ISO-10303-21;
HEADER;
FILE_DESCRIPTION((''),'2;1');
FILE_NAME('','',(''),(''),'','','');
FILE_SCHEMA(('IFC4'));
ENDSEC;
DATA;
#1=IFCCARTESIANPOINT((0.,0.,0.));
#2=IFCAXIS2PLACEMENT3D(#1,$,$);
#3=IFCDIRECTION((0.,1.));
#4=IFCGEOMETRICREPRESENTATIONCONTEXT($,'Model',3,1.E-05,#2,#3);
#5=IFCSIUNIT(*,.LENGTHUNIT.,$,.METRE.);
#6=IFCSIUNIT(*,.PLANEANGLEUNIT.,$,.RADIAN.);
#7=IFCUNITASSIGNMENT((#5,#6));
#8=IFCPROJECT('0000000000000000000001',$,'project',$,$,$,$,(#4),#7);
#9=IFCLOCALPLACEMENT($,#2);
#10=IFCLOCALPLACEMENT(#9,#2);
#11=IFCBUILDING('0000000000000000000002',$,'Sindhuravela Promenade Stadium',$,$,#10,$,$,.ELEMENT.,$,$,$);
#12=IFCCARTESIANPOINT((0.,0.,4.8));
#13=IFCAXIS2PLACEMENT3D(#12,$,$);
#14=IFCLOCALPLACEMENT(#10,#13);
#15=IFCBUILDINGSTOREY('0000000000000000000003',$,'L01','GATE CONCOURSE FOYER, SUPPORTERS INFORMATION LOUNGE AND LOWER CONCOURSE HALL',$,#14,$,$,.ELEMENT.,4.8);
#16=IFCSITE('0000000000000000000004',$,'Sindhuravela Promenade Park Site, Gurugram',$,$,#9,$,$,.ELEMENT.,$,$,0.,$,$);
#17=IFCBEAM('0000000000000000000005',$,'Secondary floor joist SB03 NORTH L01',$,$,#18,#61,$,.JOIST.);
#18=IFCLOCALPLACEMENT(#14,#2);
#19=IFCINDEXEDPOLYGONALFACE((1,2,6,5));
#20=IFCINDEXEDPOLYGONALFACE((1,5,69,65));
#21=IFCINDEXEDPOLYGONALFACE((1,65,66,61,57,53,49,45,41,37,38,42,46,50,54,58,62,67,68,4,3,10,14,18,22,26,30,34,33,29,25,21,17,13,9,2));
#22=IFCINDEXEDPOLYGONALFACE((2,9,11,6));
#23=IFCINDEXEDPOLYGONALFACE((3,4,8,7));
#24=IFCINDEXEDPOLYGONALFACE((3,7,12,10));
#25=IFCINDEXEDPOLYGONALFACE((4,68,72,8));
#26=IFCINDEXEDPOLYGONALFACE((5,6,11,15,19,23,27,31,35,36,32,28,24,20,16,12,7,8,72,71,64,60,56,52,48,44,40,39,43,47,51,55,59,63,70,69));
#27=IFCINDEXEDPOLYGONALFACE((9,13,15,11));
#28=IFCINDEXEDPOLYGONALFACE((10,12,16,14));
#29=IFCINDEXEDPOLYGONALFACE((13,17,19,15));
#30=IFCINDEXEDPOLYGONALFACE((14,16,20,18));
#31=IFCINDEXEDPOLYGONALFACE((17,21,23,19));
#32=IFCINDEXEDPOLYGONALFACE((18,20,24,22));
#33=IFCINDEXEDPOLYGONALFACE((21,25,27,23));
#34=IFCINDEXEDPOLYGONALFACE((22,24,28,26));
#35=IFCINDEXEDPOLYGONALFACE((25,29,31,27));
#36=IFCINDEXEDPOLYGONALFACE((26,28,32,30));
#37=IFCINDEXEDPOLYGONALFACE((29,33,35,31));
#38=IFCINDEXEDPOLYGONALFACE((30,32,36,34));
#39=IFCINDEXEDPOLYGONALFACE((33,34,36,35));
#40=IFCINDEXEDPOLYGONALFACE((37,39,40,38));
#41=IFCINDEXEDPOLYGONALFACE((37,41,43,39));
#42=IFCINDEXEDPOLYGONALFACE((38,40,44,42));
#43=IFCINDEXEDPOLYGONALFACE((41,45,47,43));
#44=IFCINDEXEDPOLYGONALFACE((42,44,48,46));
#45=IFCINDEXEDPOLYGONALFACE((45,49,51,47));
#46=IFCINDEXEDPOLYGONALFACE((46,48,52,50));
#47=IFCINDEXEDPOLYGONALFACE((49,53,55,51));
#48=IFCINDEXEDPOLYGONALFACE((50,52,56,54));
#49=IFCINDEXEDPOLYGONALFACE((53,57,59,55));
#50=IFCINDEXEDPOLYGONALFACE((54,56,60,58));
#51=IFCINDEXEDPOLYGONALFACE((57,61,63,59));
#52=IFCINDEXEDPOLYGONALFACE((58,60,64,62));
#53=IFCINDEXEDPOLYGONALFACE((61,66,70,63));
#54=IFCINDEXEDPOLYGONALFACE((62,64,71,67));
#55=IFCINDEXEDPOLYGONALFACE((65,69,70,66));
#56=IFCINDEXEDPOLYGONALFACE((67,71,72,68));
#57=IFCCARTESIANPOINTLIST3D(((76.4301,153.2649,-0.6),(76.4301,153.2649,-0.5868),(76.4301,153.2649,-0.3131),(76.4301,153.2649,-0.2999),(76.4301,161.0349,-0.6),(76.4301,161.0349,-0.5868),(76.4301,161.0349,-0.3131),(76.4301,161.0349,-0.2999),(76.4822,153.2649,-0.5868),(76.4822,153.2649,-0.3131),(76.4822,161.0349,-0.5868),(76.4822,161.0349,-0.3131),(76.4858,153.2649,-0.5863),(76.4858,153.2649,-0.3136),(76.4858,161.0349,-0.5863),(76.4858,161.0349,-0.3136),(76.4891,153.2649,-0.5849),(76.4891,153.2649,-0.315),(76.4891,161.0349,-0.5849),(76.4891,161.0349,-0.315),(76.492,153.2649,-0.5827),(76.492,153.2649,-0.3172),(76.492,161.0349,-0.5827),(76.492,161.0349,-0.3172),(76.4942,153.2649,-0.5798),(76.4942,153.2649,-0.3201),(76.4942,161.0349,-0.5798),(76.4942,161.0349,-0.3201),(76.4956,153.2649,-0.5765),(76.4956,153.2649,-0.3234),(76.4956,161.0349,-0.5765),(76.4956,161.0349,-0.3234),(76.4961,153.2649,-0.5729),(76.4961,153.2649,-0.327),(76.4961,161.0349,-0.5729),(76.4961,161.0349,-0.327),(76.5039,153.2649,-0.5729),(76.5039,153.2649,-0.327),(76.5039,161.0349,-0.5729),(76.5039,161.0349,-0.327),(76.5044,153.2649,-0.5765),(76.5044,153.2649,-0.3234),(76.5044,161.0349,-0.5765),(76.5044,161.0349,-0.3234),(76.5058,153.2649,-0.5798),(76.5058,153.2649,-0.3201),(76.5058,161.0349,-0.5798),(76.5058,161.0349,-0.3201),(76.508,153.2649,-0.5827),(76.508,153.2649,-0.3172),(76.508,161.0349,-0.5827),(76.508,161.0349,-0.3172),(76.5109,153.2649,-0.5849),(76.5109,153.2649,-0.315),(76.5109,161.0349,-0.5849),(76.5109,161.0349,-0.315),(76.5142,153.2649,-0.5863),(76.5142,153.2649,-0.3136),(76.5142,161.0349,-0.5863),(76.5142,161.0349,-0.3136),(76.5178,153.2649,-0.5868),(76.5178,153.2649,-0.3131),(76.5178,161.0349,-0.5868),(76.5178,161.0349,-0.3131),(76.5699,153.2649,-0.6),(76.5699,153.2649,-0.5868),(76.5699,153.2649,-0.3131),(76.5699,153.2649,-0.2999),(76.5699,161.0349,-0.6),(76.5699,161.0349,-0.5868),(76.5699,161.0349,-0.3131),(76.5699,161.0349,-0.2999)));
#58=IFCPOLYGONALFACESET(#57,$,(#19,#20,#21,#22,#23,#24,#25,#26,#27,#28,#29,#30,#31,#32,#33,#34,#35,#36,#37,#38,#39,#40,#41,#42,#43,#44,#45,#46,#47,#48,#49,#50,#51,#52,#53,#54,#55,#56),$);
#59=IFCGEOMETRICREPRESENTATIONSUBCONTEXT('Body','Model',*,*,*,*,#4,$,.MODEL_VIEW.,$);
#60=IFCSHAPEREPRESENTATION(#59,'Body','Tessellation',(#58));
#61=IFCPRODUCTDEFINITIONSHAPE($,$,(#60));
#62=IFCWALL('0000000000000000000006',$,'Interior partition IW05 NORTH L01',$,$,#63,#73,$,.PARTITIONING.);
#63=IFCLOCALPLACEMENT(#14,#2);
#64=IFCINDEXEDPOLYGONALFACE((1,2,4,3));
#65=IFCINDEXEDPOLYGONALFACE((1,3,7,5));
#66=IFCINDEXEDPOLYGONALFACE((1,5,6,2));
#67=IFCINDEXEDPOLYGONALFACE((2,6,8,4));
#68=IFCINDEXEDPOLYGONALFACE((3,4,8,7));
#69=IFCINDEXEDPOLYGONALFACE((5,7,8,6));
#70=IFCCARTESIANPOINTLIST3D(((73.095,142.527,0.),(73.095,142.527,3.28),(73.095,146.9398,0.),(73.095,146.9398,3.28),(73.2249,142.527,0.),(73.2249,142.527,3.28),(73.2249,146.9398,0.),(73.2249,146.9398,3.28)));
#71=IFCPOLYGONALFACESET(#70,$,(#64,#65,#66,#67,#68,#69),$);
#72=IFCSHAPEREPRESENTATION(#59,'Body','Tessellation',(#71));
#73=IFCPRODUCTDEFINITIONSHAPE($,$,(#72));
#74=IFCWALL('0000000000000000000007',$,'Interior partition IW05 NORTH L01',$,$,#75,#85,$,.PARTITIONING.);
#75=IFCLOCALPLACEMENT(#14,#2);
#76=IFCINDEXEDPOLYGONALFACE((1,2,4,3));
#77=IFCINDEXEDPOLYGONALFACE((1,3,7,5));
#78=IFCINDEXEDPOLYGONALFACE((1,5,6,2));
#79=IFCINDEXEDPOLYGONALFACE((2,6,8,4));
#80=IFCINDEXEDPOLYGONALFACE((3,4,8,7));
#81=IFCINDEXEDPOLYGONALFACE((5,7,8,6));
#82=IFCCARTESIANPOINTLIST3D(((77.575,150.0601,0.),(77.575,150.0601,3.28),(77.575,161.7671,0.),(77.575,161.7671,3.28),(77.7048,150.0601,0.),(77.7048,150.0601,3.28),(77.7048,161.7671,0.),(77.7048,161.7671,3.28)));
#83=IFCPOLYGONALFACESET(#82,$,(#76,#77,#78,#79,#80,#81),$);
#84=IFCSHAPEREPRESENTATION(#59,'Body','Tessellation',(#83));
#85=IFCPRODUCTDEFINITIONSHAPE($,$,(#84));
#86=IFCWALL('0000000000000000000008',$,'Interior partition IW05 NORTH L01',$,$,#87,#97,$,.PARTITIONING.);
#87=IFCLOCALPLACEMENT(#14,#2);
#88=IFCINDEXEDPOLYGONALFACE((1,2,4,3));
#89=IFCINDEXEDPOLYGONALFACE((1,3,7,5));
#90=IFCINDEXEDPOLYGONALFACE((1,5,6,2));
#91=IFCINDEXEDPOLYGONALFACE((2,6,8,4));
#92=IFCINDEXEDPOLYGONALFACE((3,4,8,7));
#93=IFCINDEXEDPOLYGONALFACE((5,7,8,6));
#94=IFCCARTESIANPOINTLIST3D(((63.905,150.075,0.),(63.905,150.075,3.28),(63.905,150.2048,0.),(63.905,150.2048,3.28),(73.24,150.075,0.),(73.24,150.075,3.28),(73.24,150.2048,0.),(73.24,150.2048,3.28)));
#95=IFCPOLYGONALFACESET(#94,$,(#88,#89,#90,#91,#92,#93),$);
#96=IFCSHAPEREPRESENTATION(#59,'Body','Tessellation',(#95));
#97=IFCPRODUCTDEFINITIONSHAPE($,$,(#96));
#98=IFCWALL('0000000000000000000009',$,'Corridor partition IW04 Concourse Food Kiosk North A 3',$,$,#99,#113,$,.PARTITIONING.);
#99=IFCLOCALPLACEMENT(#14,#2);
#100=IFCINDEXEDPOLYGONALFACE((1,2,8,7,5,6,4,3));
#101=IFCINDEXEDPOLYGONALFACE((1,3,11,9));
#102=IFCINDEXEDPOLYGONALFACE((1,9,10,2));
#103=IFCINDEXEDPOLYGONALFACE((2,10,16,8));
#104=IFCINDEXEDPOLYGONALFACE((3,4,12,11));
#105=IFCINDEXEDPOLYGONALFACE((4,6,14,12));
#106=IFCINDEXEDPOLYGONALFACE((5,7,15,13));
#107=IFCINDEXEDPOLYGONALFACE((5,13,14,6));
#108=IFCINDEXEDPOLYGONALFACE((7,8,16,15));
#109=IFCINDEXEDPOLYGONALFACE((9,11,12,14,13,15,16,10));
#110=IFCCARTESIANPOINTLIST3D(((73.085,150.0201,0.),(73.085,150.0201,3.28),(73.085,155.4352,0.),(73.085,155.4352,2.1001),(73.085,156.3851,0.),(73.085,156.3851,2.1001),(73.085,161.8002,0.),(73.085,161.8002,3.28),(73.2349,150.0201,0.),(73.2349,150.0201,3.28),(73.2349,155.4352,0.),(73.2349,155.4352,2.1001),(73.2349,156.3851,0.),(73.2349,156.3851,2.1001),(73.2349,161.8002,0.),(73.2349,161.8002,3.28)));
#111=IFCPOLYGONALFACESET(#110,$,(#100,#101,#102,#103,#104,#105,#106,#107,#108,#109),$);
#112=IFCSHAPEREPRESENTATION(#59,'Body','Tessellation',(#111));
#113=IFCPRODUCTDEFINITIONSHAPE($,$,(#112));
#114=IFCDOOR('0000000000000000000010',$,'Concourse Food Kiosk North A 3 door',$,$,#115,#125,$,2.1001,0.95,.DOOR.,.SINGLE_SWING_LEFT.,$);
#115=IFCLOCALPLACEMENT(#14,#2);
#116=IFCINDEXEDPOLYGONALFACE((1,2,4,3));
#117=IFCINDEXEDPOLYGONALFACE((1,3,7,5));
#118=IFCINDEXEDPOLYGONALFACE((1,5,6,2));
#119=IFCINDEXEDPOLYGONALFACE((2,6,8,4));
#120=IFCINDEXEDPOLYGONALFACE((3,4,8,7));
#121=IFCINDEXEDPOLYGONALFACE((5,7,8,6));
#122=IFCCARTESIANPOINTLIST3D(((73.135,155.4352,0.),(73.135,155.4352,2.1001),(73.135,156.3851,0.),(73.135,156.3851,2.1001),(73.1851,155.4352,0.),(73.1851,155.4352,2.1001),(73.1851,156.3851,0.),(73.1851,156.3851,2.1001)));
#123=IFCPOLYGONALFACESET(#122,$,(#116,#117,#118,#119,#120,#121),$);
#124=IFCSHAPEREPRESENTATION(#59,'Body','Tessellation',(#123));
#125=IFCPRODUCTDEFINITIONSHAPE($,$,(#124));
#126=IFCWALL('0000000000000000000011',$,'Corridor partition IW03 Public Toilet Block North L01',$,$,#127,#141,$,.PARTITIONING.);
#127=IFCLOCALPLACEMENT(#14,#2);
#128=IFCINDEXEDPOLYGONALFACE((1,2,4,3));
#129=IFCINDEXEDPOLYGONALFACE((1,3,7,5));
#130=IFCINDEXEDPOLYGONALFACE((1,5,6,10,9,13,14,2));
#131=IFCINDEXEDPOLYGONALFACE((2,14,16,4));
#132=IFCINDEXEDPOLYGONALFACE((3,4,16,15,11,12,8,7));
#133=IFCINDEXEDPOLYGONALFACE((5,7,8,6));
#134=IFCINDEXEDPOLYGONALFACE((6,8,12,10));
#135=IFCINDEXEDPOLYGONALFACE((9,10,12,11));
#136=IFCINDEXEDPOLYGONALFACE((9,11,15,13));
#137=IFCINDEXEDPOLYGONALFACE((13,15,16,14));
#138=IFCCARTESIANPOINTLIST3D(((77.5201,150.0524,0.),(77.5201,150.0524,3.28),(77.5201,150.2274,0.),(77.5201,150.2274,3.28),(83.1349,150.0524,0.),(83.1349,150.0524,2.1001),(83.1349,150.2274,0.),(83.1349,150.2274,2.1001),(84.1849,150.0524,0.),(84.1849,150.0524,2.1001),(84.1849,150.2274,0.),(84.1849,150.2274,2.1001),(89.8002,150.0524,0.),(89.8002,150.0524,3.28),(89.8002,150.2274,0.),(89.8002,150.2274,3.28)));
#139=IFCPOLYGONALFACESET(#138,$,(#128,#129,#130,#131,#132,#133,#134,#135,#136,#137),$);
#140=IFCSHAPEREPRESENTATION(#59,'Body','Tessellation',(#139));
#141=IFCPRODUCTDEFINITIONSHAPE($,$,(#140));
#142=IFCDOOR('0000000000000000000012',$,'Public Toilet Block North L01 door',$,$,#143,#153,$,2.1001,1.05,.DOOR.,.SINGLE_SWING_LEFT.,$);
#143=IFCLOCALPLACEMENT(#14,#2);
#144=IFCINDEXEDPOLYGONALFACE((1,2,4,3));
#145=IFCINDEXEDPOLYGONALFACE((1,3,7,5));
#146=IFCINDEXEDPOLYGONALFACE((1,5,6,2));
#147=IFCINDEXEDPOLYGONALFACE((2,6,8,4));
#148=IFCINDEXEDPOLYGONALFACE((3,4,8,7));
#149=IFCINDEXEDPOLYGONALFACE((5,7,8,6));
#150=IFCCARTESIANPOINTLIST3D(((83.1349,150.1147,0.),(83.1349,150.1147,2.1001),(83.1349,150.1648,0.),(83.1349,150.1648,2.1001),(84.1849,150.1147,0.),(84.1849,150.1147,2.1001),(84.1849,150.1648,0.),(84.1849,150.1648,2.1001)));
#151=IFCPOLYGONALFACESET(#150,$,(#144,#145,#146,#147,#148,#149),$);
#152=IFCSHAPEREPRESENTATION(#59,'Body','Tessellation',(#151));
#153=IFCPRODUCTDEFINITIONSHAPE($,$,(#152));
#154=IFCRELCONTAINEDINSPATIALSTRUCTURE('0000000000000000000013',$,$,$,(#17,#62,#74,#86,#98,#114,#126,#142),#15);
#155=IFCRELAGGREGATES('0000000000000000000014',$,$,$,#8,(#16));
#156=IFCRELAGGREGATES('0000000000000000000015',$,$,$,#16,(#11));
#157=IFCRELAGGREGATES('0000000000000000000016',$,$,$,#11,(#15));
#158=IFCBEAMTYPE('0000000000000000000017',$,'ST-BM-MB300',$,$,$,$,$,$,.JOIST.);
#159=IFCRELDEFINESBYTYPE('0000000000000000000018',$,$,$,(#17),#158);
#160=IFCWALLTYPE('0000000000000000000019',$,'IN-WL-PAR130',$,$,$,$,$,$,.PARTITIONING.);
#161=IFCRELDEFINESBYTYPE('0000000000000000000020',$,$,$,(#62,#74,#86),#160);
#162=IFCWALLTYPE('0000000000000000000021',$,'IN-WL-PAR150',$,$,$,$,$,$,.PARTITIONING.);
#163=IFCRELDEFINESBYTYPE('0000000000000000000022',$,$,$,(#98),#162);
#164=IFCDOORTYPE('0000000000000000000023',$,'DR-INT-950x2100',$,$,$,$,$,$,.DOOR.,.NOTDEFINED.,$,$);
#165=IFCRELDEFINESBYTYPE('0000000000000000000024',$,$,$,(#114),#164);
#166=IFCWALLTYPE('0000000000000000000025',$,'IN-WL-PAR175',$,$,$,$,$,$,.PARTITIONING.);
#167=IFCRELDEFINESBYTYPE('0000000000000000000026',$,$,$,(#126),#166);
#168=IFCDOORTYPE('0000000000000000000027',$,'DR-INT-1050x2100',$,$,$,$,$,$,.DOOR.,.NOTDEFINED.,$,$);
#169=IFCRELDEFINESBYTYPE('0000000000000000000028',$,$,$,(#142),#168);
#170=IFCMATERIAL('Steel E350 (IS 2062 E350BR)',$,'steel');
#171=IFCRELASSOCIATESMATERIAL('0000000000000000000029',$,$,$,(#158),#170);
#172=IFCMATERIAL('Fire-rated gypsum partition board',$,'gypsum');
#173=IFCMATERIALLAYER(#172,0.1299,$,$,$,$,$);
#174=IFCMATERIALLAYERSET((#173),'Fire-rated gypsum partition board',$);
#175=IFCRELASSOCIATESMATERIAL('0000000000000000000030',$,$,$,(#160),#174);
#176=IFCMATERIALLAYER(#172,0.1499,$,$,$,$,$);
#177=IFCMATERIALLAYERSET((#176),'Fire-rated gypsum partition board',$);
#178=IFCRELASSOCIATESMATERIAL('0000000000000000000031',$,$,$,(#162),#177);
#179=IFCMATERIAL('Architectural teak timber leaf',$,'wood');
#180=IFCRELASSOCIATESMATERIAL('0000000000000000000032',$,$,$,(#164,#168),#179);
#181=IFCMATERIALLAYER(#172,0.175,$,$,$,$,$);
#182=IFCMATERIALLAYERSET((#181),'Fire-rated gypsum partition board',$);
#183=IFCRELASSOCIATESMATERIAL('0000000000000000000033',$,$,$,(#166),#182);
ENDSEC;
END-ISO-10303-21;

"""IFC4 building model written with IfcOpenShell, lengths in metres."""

from ifc_helpers import new_model, si_unit, direction, frame, frame_2d, origin, origin_2d, place, context, subcontext, project, spatial, rectangle, i_section, extrude, material, layer, layer_set, material_profile, profile_set, type_object, element, fill, save


model = new_model("IFC4")

# Units and contexts
model_context = context("Model", 3, precision=1e-05, world=origin(), true_north=direction((0.0, 1.0)))
body_context = subcontext(model_context, "Body", "Model", "MODEL_VIEW")
ifc_project = project(units=[si_unit("LENGTHUNIT", "METRE"), si_unit("PLANEANGLEUNIT", "RADIAN")], contexts=[model_context])

# Site, building, storey
site_placement = place(None, origin())
site = spatial("IfcSite", under=ifc_project, at=site_placement, Name="Sindhuravela Promenade Park Site, Gurugram", CompositionType="ELEMENT", RefElevation=0.0)
building_placement = place(site_placement, origin())
building = spatial("IfcBuilding", under=site, at=building_placement, Name="Sindhuravela Promenade Stadium", CompositionType="ELEMENT")
storey_placement = place(building_placement, frame((0.0, 0.0, 4.8)))
storey = spatial("IfcBuildingStorey", under=building, at=storey_placement, Name="L01", Description="GATE CONCOURSE FOYER, SUPPORTERS INFORMATION LOUNGE AND LOWER CONCOURSE HALL", CompositionType="ELEMENT", Elevation=4.8)

# Beam
ifc_material_1 = material(Name="Steel E350 (IS 2062 E350BR)", Category="steel")
ifc_material_profile_1 = material_profile(ifc_material_1, i_section(OverallWidth=0.1399, OverallDepth=0.3, WebThickness=0.0078, FlangeThickness=0.0132, FilletRadius=0.0139, at=origin_2d()), Name="ISMB 300")
ifc_profile_set_1 = profile_set([ifc_material_profile_1], Name="Steel E350 (IS 2062 E350BR)")
beam_type_1 = type_object("IfcBeamType", Name="ST-BM-MB300", PredefinedType="JOIST", material=ifc_profile_set_1)
beam_1_placement = place(storey_placement, frame((76.5, 153.2649, -0.45), z_axis=(0.0, 1.0, 0.0), x_axis=(-1.0, 0.0, 0.0)))
element("IfcBeam", 1, at=beam_1_placement, inside=storey, type_object=beam_type_1, Name="Secondary floor joist SB03 NORTH L01", PredefinedType="JOIST", context=body_context, shape_type="SweptSolid", body=[
    extrude(i_section(OverallWidth=0.1399, OverallDepth=0.3, WebThickness=0.0078, FlangeThickness=0.0132, FilletRadius=0.0139, at=origin_2d()), origin(), (0.0, 0.0, 1.0), 7.77),
])

# Walls
ifc_material_2 = material(Name="Fire-rated gypsum partition board", Category="gypsum")
ifc_layer_1 = layer(ifc_material_2, 0.1299)
ifc_layer_set_1 = layer_set([ifc_layer_1], Name="Fire-rated gypsum partition board")
wall_type_1 = type_object("IfcWallType", Name="IN-WL-PAR130", PredefinedType="PARTITIONING", material=ifc_layer_set_1)
wall_1_placement = place(storey_placement, frame((73.1599, 146.9399, 0.0), z_axis=(0.0, 0.0, 1.0), x_axis=(0.0, -1.0, 0.0)))
element("IfcWall", 2, at=wall_1_placement, inside=storey, type_object=wall_type_1, Name="Interior partition IW05 NORTH L01", PredefinedType="PARTITIONING", context=body_context, shape_type="SweptSolid", body=[
    extrude(rectangle(XDim=4.4128, YDim=0.1299, at=frame_2d((2.2065, 0.0))), origin(), (0.0, 0.0, 1.0), 3.28),
])
wall_2_placement = place(storey_placement, frame((77.6399, 150.0601, 0.0), z_axis=(0.0, 0.0, 1.0), x_axis=(0.0, 1.0, 0.0)))
element("IfcWall", 3, at=wall_2_placement, inside=storey, type_object=wall_type_1, Name="Interior partition IW05 NORTH L01", PredefinedType="PARTITIONING", context=body_context, shape_type="SweptSolid", body=[
    extrude(rectangle(XDim=11.707, YDim=0.1299, at=frame_2d((5.8535, 0.0))), origin(), (0.0, 0.0, 1.0), 3.28),
])
wall_3_placement = place(storey_placement, frame((73.24, 150.1399, 0.0), z_axis=(0.0, 0.0, 1.0), x_axis=(-1.0, 0.0, 0.0)))
element("IfcWall", 4, at=wall_3_placement, inside=storey, type_object=wall_type_1, Name="Interior partition IW05 NORTH L01", PredefinedType="PARTITIONING", context=body_context, shape_type="SweptSolid", body=[
    extrude(rectangle(XDim=9.335, YDim=0.1299, at=frame_2d((4.6675, 0.0))), origin(), (0.0, 0.0, 1.0), 3.28),
])

# Walls, openings, doors
ifc_layer_2 = layer(ifc_material_2, 0.1499)
ifc_layer_set_2 = layer_set([ifc_layer_2], Name="Fire-rated gypsum partition board")
wall_type_2 = type_object("IfcWallType", Name="IN-WL-PAR150", PredefinedType="PARTITIONING", material=ifc_layer_set_2)
wall_4_placement = place(storey_placement, frame((73.1599, 150.02, 0.0), z_axis=(0.0, 0.0, 1.0), x_axis=(0.0, 1.0, 0.0)))
wall_4 = element("IfcWall", 5, at=wall_4_placement, inside=storey, type_object=wall_type_2, Name="Corridor partition IW04 Concourse Food Kiosk North A 3", PredefinedType="PARTITIONING", context=body_context, shape_type="SweptSolid", body=[
    extrude(rectangle(XDim=11.78, YDim=0.1499, at=frame_2d((5.8901, 0.0))), origin(), (0.0, 0.0, 1.0), 3.28),
])
opening_1_placement = place(wall_4_placement, frame((5.415, 0.0, 0.0)))
opening_1 = element("IfcOpeningElement", 6, at=opening_1_placement, cuts=wall_4, PredefinedType="OPENING", context=body_context, shape_type="SweptSolid", body=[
    extrude(rectangle(XDim=0.95, YDim=2.1001, at=frame_2d((0.4751, 1.05))), frame((0.0, 0.085, 0.0), z_axis=(0.0, -1.0, 0.0), x_axis=(1.0, 0.0, 0.0)), (0.0, 0.0, 1.0), 0.1699),
])
ifc_material_3 = material(Name="Architectural teak timber leaf", Category="wood")
door_type_1 = type_object("IfcDoorType", Name="DR-INT-950x2100", OperationType="NOTDEFINED", PredefinedType="DOOR", material=ifc_material_3)
door_1_placement = place(opening_1_placement, origin())
door_1 = element("IfcDoor", 7, at=door_1_placement, inside=storey, type_object=door_type_1, Name="Concourse Food Kiosk North A 3 door", OperationType="SINGLE_SWING_LEFT", OverallHeight=2.1001, OverallWidth=0.95, PredefinedType="DOOR", context=body_context, shape_type="SweptSolid", body=[
    extrude(rectangle(XDim=0.95, YDim=2.1001, at=frame_2d((0.4751, 1.05))), frame((0.0, 0.0249, 0.0), z_axis=(0.0, -1.0, 0.0), x_axis=(1.0, 0.0, 0.0)), (0.0, 0.0, 1.0), 0.05),
])
fill(opening_1, door_1)
ifc_layer_3 = layer(ifc_material_2, 0.175)
ifc_layer_set_3 = layer_set([ifc_layer_3], Name="Fire-rated gypsum partition board")
wall_type_3 = type_object("IfcWallType", Name="IN-WL-PAR175", PredefinedType="PARTITIONING", material=ifc_layer_set_3)
wall_5_placement = place(storey_placement, frame((77.52, 150.1399, 0.0), z_axis=(0.0, 0.0, 1.0), x_axis=(1.0, 0.0, 0.0)))
wall_5 = element("IfcWall", 8, at=wall_5_placement, inside=storey, type_object=wall_type_3, Name="Corridor partition IW03 Public Toilet Block North L01", PredefinedType="PARTITIONING", context=body_context, shape_type="SweptSolid", body=[
    extrude(rectangle(XDim=12.28, YDim=0.175, at=frame_2d((6.1401, 0.0))), origin(), (0.0, 0.0, 1.0), 3.28),
])
opening_2_placement = place(wall_5_placement, frame((5.615, 0.0, 0.0)))
opening_2 = element("IfcOpeningElement", 9, at=opening_2_placement, cuts=wall_5, PredefinedType="OPENING", context=body_context, shape_type="SweptSolid", body=[
    extrude(rectangle(XDim=1.05, YDim=2.1001, at=frame_2d((0.5249, 1.05))), frame((0.0, 0.0974, 0.0), z_axis=(0.0, -1.0, 0.0), x_axis=(1.0, 0.0, 0.0)), (0.0, 0.0, 1.0), 0.1951),
])
door_type_2 = type_object("IfcDoorType", Name="DR-INT-1050x2100", OperationType="NOTDEFINED", PredefinedType="DOOR", material=ifc_material_3)
door_2_placement = place(opening_2_placement, origin())
door_2 = element("IfcDoor", 10, at=door_2_placement, inside=storey, type_object=door_type_2, Name="Public Toilet Block North L01 door", OperationType="SINGLE_SWING_LEFT", OverallHeight=2.1001, OverallWidth=1.05, PredefinedType="DOOR", context=body_context, shape_type="SweptSolid", body=[
    extrude(rectangle(XDim=1.05, YDim=2.1001, at=frame_2d((0.5249, 1.05))), frame((0.0, 0.0249, 0.0), z_axis=(0.0, -1.0, 0.0), x_axis=(1.0, 0.0, 0.0)), (0.0, 0.0, 1.0), 0.05),
])
fill(opening_2, door_2)

save(model, "model.ifc")
